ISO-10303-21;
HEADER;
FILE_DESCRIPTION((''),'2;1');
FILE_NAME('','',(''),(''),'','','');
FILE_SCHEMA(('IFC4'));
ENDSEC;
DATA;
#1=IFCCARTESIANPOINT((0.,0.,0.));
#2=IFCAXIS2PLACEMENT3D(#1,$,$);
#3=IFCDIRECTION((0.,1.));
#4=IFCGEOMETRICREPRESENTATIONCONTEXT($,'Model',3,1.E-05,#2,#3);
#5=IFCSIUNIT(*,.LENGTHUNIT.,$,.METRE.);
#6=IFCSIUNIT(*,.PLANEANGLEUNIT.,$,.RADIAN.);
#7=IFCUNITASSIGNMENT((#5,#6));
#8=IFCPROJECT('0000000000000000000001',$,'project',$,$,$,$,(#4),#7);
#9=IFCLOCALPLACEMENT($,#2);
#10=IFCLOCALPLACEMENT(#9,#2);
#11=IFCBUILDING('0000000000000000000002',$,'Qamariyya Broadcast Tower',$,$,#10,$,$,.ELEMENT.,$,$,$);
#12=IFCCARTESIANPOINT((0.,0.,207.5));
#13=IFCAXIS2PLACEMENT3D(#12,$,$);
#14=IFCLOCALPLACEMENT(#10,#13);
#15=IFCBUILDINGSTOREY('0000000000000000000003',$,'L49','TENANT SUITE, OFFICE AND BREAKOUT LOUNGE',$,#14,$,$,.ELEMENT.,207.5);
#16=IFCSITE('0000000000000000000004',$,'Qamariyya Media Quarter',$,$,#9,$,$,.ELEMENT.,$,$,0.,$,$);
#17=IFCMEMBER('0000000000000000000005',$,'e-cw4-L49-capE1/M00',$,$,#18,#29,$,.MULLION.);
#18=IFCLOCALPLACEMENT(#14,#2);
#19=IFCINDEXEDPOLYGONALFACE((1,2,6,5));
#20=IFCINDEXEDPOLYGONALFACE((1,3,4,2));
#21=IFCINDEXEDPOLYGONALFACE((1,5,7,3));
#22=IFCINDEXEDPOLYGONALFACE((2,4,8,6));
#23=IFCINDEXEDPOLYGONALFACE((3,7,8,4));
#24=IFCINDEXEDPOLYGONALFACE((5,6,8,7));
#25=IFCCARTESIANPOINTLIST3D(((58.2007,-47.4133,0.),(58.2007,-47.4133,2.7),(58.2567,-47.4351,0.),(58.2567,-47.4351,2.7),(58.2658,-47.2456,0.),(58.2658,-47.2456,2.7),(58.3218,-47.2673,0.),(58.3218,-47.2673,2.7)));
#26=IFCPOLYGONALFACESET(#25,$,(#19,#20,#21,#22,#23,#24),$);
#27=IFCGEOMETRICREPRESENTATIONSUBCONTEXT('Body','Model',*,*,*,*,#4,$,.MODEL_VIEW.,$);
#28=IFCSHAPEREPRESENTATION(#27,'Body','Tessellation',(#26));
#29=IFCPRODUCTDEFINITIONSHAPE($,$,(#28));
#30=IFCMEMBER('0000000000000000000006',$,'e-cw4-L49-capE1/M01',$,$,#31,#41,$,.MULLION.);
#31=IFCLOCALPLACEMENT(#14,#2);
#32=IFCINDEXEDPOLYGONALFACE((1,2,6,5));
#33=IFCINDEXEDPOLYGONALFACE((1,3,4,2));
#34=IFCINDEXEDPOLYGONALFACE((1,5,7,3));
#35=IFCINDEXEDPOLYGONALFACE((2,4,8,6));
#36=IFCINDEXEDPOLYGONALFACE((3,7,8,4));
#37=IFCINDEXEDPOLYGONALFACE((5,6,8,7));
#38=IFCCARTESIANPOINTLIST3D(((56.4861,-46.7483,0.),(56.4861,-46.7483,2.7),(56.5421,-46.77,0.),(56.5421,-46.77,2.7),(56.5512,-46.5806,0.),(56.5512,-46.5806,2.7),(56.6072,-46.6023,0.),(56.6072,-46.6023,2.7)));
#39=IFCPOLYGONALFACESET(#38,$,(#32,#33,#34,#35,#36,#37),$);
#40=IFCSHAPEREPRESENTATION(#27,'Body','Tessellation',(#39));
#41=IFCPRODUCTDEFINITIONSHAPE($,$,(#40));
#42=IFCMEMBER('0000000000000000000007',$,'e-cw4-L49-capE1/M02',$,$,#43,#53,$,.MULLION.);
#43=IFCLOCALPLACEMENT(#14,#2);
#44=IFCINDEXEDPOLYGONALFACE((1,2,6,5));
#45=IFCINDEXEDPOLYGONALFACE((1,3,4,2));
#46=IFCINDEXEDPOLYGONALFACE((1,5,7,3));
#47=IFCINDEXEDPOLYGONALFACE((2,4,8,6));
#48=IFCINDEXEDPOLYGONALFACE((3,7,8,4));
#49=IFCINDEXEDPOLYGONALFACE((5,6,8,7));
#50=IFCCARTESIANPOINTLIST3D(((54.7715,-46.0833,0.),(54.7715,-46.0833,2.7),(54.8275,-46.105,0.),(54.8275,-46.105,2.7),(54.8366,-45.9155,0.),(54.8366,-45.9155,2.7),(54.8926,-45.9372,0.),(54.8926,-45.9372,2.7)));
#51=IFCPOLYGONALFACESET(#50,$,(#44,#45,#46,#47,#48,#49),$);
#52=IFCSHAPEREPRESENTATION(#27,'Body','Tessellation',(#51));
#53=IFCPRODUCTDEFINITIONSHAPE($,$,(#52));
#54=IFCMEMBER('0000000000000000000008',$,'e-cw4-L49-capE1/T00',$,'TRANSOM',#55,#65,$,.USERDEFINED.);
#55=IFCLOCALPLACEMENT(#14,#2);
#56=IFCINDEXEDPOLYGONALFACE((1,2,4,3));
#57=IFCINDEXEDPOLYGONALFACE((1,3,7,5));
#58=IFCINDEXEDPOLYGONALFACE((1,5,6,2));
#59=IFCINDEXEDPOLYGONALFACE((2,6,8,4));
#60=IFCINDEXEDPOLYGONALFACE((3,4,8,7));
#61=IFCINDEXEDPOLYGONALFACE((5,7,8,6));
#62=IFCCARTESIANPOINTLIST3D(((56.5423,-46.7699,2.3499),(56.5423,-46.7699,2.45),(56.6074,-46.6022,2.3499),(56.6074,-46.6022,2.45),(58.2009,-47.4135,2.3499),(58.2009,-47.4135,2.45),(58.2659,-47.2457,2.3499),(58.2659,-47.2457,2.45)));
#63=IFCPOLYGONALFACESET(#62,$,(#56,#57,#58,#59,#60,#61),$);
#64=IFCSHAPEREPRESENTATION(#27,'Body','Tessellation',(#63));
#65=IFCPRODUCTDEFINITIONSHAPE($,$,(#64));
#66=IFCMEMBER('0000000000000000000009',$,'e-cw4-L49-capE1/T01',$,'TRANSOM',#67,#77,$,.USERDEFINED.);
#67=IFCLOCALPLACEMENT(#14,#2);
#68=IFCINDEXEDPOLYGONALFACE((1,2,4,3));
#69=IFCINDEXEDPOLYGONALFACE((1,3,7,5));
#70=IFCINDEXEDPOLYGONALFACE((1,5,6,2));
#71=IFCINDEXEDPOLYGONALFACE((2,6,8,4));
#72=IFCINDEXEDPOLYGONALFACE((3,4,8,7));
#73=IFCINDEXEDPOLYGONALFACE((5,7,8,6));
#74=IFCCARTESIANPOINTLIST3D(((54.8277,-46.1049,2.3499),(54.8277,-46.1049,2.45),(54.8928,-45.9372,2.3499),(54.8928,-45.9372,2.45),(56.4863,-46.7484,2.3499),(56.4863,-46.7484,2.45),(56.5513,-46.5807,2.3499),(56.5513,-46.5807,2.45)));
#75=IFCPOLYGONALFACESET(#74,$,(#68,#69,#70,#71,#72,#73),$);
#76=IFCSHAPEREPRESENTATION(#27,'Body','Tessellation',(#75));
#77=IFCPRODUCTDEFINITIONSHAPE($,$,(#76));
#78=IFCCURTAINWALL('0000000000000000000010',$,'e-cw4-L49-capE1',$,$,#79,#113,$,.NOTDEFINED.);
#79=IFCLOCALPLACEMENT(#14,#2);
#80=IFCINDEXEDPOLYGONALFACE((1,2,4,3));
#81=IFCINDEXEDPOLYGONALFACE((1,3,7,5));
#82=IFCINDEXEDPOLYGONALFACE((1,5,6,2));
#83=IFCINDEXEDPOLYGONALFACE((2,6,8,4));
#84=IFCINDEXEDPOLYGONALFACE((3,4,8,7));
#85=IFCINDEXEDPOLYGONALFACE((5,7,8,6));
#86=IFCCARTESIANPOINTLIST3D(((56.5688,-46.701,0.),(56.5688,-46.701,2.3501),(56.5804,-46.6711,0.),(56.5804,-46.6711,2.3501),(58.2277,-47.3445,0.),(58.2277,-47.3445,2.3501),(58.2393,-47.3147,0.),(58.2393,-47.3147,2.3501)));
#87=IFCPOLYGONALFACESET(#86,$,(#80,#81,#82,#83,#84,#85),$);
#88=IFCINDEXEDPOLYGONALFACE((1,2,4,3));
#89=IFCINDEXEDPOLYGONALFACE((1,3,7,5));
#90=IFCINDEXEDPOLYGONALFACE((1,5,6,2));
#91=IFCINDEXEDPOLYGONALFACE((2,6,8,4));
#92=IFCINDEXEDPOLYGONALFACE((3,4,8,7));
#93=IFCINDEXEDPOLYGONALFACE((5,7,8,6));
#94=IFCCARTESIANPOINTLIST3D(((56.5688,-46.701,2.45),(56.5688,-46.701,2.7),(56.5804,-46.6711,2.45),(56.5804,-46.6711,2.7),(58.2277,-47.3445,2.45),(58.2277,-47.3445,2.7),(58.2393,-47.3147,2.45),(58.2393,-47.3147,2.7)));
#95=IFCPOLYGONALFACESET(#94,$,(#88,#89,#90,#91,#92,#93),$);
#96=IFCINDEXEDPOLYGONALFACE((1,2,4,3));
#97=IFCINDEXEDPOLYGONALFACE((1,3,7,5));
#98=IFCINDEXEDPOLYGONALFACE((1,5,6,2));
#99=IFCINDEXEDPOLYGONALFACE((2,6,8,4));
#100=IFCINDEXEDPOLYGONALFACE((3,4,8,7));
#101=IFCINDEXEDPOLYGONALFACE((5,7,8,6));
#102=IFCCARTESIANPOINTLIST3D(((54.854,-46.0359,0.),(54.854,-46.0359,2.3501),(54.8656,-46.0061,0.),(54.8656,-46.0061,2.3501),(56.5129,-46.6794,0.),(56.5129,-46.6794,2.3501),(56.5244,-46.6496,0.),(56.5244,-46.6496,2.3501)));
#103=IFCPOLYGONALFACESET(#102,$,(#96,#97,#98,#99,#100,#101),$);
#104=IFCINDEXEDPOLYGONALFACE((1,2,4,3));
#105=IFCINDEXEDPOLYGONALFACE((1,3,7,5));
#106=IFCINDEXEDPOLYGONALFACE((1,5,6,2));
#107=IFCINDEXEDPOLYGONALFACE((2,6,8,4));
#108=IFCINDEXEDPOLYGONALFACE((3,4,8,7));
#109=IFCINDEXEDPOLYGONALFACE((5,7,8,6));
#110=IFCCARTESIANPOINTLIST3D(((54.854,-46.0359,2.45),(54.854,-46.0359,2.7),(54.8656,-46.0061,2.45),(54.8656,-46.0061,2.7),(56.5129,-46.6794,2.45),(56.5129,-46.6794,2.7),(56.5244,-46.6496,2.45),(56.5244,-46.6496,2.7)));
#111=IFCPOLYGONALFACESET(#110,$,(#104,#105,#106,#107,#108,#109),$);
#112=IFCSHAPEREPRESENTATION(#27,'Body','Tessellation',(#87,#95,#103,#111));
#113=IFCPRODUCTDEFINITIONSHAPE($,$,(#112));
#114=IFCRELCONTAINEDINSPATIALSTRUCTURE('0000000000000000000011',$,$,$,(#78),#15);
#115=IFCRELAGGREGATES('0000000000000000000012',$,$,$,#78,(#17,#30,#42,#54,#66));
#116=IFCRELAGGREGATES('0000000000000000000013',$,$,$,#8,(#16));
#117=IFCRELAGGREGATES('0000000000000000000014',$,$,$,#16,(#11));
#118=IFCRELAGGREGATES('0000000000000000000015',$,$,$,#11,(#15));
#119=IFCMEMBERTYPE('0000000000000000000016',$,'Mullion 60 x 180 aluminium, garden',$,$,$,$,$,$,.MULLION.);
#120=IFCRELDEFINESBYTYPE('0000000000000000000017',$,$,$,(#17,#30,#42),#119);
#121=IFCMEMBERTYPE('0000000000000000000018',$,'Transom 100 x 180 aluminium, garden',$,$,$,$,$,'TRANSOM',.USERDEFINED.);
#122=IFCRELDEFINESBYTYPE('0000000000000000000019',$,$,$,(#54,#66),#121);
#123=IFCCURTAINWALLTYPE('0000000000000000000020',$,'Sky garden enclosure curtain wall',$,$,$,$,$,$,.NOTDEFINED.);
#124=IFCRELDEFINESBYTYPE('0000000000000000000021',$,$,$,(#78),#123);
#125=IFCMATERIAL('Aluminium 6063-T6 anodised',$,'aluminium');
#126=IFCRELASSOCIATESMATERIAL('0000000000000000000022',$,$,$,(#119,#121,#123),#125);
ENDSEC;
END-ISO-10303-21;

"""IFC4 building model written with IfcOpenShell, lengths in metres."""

from ifc_helpers import new_model, si_unit, direction, frame, origin, origin_2d, place, context, subcontext, project, spatial, rectangle, extrude, material, material_profile, profile_set, type_object, element, aggregate, save


model = new_model("IFC4")

# Units and contexts
model_context = context("Model", 3, precision=1e-05, world=origin(), true_north=direction((0.0, 1.0)))
body_context = subcontext(model_context, "Body", "Model", "MODEL_VIEW")
ifc_project = project(units=[si_unit("LENGTHUNIT", "METRE"), si_unit("PLANEANGLEUNIT", "RADIAN")], contexts=[model_context])

# Members
ifc_material_1 = material(Name="Aluminium 6063-T6 anodised", Category="aluminium")
ifc_material_profile_1 = material_profile(ifc_material_1, rectangle(XDim=0.1799, YDim=0.0601, at=origin_2d()))
ifc_profile_set_1 = profile_set([ifc_material_profile_1], Name="Aluminium 6063-T6 anodised")
member_type_1 = type_object("IfcMemberType", Name="Mullion 60 x 180 aluminium, garden", PredefinedType="MULLION", material=ifc_profile_set_1)
site_placement = place(None, origin())
building_placement = place(site_placement, origin())
storey_placement = place(building_placement, frame((0.0, 0.0, 207.5)))
member_1_placement = place(storey_placement, frame((58.2612, -47.3403, 0.0), z_axis=(0.0, 0.0, 1.0), x_axis=(-0.361634, -0.93232, 0.0)))
member_1 = element("IfcMember", 1, at=member_1_placement, type_object=member_type_1, Name="e-cw4-L49-capE1/M00", PredefinedType="MULLION", context=body_context, shape_type="SweptSolid", body=[
    extrude(rectangle(XDim=0.1799, YDim=0.0601, at=origin_2d()), origin(), (0.0, 0.0, 1.0), 2.7),
])
member_2_placement = place(storey_placement, frame((56.5466, -46.6753, 0.0), z_axis=(0.0, 0.0, 1.0), x_axis=(-0.361634, -0.93232, 0.0)))
member_2 = element("IfcMember", 2, at=member_2_placement, type_object=member_type_1, Name="e-cw4-L49-capE1/M01", PredefinedType="MULLION", context=body_context, shape_type="SweptSolid", body=[
    extrude(rectangle(XDim=0.1799, YDim=0.0601, at=origin_2d()), origin(), (0.0, 0.0, 1.0), 2.7),
])
member_3_placement = place(storey_placement, frame((54.832, -46.0103, 0.0), z_axis=(0.0, 0.0, 1.0), x_axis=(-0.361634, -0.93232, 0.0)))
member_3 = element("IfcMember", 3, at=member_3_placement, type_object=member_type_1, Name="e-cw4-L49-capE1/M02", PredefinedType="MULLION", context=body_context, shape_type="SweptSolid", body=[
    extrude(rectangle(XDim=0.1799, YDim=0.0601, at=origin_2d()), origin(), (0.0, 0.0, 1.0), 2.7),
])
ifc_material_profile_2 = material_profile(ifc_material_1, rectangle(XDim=0.1799, YDim=0.1001, at=origin_2d()))
ifc_profile_set_2 = profile_set([ifc_material_profile_2], Name="Aluminium 6063-T6 anodised")
member_type_2 = type_object("IfcMemberType", Name="Transom 100 x 180 aluminium, garden", ElementType="TRANSOM", PredefinedType="USERDEFINED", material=ifc_profile_set_2)
member_4_placement = place(storey_placement, frame((58.2334, -47.3296, 2.3999), z_axis=(-0.932288, 0.361718, 0.0), x_axis=(-0.361718, -0.932288, 0.0)))
member_4 = element("IfcMember", 4, at=member_4_placement, type_object=member_type_2, Name="e-cw4-L49-capE1/T00", ObjectType="TRANSOM", PredefinedType="USERDEFINED", context=body_context, shape_type="SweptSolid", body=[
    extrude(rectangle(XDim=0.1799, YDim=0.1001, at=origin_2d()), origin(), (0.0, 0.0, 1.0), 1.7791),
])
member_5_placement = place(storey_placement, frame((56.5188, -46.6646, 2.3999), z_axis=(-0.932288, 0.361718, 0.0), x_axis=(-0.361718, -0.932288, 0.0)))
member_5 = element("IfcMember", 5, at=member_5_placement, type_object=member_type_2, Name="e-cw4-L49-capE1/T01", ObjectType="TRANSOM", PredefinedType="USERDEFINED", context=body_context, shape_type="SweptSolid", body=[
    extrude(rectangle(XDim=0.1799, YDim=0.1001, at=origin_2d()), origin(), (0.0, 0.0, 1.0), 1.7791),
])

# Site, building, storey
site = spatial("IfcSite", under=ifc_project, at=site_placement, Name="Qamariyya Media Quarter", CompositionType="ELEMENT", RefElevation=0.0)
building = spatial("IfcBuilding", under=site, at=building_placement, Name="Qamariyya Broadcast Tower", CompositionType="ELEMENT")
storey = spatial("IfcBuildingStorey", under=building, at=storey_placement, Name="L49", Description="TENANT SUITE, OFFICE AND BREAKOUT LOUNGE", CompositionType="ELEMENT", Elevation=207.5)

# Curtain wall
curtain_wall_type = type_object("IfcCurtainWallType", Name="Sky garden enclosure curtain wall", PredefinedType="NOTDEFINED", material=ifc_material_1)
curtain_wall_1_placement = place(storey_placement, origin())
curtain_wall_1 = element("IfcCurtainWall", 6, at=curtain_wall_1_placement, inside=storey, type_object=curtain_wall_type, Name="e-cw4-L49-capE1", PredefinedType="NOTDEFINED", context=body_context, shape_type="SweptSolid", body=[
    extrude(rectangle(XDim=1.7793, YDim=0.032, at=origin_2d()), frame((57.4041, -47.0078, 0.0), x_axis=(-0.932308, 0.361665, 0.0)), (0.0, 0.0, 1.0), 2.3501),
    extrude(rectangle(XDim=1.7793, YDim=0.032, at=origin_2d()), frame((57.4041, -47.0078, 2.45), x_axis=(-0.932308, 0.361665, 0.0)), (0.0, 0.0, 1.0), 0.25),
    extrude(rectangle(XDim=1.7793, YDim=0.032, at=origin_2d()), frame((55.6892, -46.3428, 0.0), x_axis=(-0.932308, 0.361665, 0.0)), (0.0, 0.0, 1.0), 2.3501),
    extrude(rectangle(XDim=1.7793, YDim=0.032, at=origin_2d()), frame((55.6892, -46.3428, 2.45), x_axis=(-0.932308, 0.361665, 0.0)), (0.0, 0.0, 1.0), 0.25),
])
aggregate(curtain_wall_1, [member_1, member_2, member_3, member_4, member_5])

save(model, "model.ifc")
